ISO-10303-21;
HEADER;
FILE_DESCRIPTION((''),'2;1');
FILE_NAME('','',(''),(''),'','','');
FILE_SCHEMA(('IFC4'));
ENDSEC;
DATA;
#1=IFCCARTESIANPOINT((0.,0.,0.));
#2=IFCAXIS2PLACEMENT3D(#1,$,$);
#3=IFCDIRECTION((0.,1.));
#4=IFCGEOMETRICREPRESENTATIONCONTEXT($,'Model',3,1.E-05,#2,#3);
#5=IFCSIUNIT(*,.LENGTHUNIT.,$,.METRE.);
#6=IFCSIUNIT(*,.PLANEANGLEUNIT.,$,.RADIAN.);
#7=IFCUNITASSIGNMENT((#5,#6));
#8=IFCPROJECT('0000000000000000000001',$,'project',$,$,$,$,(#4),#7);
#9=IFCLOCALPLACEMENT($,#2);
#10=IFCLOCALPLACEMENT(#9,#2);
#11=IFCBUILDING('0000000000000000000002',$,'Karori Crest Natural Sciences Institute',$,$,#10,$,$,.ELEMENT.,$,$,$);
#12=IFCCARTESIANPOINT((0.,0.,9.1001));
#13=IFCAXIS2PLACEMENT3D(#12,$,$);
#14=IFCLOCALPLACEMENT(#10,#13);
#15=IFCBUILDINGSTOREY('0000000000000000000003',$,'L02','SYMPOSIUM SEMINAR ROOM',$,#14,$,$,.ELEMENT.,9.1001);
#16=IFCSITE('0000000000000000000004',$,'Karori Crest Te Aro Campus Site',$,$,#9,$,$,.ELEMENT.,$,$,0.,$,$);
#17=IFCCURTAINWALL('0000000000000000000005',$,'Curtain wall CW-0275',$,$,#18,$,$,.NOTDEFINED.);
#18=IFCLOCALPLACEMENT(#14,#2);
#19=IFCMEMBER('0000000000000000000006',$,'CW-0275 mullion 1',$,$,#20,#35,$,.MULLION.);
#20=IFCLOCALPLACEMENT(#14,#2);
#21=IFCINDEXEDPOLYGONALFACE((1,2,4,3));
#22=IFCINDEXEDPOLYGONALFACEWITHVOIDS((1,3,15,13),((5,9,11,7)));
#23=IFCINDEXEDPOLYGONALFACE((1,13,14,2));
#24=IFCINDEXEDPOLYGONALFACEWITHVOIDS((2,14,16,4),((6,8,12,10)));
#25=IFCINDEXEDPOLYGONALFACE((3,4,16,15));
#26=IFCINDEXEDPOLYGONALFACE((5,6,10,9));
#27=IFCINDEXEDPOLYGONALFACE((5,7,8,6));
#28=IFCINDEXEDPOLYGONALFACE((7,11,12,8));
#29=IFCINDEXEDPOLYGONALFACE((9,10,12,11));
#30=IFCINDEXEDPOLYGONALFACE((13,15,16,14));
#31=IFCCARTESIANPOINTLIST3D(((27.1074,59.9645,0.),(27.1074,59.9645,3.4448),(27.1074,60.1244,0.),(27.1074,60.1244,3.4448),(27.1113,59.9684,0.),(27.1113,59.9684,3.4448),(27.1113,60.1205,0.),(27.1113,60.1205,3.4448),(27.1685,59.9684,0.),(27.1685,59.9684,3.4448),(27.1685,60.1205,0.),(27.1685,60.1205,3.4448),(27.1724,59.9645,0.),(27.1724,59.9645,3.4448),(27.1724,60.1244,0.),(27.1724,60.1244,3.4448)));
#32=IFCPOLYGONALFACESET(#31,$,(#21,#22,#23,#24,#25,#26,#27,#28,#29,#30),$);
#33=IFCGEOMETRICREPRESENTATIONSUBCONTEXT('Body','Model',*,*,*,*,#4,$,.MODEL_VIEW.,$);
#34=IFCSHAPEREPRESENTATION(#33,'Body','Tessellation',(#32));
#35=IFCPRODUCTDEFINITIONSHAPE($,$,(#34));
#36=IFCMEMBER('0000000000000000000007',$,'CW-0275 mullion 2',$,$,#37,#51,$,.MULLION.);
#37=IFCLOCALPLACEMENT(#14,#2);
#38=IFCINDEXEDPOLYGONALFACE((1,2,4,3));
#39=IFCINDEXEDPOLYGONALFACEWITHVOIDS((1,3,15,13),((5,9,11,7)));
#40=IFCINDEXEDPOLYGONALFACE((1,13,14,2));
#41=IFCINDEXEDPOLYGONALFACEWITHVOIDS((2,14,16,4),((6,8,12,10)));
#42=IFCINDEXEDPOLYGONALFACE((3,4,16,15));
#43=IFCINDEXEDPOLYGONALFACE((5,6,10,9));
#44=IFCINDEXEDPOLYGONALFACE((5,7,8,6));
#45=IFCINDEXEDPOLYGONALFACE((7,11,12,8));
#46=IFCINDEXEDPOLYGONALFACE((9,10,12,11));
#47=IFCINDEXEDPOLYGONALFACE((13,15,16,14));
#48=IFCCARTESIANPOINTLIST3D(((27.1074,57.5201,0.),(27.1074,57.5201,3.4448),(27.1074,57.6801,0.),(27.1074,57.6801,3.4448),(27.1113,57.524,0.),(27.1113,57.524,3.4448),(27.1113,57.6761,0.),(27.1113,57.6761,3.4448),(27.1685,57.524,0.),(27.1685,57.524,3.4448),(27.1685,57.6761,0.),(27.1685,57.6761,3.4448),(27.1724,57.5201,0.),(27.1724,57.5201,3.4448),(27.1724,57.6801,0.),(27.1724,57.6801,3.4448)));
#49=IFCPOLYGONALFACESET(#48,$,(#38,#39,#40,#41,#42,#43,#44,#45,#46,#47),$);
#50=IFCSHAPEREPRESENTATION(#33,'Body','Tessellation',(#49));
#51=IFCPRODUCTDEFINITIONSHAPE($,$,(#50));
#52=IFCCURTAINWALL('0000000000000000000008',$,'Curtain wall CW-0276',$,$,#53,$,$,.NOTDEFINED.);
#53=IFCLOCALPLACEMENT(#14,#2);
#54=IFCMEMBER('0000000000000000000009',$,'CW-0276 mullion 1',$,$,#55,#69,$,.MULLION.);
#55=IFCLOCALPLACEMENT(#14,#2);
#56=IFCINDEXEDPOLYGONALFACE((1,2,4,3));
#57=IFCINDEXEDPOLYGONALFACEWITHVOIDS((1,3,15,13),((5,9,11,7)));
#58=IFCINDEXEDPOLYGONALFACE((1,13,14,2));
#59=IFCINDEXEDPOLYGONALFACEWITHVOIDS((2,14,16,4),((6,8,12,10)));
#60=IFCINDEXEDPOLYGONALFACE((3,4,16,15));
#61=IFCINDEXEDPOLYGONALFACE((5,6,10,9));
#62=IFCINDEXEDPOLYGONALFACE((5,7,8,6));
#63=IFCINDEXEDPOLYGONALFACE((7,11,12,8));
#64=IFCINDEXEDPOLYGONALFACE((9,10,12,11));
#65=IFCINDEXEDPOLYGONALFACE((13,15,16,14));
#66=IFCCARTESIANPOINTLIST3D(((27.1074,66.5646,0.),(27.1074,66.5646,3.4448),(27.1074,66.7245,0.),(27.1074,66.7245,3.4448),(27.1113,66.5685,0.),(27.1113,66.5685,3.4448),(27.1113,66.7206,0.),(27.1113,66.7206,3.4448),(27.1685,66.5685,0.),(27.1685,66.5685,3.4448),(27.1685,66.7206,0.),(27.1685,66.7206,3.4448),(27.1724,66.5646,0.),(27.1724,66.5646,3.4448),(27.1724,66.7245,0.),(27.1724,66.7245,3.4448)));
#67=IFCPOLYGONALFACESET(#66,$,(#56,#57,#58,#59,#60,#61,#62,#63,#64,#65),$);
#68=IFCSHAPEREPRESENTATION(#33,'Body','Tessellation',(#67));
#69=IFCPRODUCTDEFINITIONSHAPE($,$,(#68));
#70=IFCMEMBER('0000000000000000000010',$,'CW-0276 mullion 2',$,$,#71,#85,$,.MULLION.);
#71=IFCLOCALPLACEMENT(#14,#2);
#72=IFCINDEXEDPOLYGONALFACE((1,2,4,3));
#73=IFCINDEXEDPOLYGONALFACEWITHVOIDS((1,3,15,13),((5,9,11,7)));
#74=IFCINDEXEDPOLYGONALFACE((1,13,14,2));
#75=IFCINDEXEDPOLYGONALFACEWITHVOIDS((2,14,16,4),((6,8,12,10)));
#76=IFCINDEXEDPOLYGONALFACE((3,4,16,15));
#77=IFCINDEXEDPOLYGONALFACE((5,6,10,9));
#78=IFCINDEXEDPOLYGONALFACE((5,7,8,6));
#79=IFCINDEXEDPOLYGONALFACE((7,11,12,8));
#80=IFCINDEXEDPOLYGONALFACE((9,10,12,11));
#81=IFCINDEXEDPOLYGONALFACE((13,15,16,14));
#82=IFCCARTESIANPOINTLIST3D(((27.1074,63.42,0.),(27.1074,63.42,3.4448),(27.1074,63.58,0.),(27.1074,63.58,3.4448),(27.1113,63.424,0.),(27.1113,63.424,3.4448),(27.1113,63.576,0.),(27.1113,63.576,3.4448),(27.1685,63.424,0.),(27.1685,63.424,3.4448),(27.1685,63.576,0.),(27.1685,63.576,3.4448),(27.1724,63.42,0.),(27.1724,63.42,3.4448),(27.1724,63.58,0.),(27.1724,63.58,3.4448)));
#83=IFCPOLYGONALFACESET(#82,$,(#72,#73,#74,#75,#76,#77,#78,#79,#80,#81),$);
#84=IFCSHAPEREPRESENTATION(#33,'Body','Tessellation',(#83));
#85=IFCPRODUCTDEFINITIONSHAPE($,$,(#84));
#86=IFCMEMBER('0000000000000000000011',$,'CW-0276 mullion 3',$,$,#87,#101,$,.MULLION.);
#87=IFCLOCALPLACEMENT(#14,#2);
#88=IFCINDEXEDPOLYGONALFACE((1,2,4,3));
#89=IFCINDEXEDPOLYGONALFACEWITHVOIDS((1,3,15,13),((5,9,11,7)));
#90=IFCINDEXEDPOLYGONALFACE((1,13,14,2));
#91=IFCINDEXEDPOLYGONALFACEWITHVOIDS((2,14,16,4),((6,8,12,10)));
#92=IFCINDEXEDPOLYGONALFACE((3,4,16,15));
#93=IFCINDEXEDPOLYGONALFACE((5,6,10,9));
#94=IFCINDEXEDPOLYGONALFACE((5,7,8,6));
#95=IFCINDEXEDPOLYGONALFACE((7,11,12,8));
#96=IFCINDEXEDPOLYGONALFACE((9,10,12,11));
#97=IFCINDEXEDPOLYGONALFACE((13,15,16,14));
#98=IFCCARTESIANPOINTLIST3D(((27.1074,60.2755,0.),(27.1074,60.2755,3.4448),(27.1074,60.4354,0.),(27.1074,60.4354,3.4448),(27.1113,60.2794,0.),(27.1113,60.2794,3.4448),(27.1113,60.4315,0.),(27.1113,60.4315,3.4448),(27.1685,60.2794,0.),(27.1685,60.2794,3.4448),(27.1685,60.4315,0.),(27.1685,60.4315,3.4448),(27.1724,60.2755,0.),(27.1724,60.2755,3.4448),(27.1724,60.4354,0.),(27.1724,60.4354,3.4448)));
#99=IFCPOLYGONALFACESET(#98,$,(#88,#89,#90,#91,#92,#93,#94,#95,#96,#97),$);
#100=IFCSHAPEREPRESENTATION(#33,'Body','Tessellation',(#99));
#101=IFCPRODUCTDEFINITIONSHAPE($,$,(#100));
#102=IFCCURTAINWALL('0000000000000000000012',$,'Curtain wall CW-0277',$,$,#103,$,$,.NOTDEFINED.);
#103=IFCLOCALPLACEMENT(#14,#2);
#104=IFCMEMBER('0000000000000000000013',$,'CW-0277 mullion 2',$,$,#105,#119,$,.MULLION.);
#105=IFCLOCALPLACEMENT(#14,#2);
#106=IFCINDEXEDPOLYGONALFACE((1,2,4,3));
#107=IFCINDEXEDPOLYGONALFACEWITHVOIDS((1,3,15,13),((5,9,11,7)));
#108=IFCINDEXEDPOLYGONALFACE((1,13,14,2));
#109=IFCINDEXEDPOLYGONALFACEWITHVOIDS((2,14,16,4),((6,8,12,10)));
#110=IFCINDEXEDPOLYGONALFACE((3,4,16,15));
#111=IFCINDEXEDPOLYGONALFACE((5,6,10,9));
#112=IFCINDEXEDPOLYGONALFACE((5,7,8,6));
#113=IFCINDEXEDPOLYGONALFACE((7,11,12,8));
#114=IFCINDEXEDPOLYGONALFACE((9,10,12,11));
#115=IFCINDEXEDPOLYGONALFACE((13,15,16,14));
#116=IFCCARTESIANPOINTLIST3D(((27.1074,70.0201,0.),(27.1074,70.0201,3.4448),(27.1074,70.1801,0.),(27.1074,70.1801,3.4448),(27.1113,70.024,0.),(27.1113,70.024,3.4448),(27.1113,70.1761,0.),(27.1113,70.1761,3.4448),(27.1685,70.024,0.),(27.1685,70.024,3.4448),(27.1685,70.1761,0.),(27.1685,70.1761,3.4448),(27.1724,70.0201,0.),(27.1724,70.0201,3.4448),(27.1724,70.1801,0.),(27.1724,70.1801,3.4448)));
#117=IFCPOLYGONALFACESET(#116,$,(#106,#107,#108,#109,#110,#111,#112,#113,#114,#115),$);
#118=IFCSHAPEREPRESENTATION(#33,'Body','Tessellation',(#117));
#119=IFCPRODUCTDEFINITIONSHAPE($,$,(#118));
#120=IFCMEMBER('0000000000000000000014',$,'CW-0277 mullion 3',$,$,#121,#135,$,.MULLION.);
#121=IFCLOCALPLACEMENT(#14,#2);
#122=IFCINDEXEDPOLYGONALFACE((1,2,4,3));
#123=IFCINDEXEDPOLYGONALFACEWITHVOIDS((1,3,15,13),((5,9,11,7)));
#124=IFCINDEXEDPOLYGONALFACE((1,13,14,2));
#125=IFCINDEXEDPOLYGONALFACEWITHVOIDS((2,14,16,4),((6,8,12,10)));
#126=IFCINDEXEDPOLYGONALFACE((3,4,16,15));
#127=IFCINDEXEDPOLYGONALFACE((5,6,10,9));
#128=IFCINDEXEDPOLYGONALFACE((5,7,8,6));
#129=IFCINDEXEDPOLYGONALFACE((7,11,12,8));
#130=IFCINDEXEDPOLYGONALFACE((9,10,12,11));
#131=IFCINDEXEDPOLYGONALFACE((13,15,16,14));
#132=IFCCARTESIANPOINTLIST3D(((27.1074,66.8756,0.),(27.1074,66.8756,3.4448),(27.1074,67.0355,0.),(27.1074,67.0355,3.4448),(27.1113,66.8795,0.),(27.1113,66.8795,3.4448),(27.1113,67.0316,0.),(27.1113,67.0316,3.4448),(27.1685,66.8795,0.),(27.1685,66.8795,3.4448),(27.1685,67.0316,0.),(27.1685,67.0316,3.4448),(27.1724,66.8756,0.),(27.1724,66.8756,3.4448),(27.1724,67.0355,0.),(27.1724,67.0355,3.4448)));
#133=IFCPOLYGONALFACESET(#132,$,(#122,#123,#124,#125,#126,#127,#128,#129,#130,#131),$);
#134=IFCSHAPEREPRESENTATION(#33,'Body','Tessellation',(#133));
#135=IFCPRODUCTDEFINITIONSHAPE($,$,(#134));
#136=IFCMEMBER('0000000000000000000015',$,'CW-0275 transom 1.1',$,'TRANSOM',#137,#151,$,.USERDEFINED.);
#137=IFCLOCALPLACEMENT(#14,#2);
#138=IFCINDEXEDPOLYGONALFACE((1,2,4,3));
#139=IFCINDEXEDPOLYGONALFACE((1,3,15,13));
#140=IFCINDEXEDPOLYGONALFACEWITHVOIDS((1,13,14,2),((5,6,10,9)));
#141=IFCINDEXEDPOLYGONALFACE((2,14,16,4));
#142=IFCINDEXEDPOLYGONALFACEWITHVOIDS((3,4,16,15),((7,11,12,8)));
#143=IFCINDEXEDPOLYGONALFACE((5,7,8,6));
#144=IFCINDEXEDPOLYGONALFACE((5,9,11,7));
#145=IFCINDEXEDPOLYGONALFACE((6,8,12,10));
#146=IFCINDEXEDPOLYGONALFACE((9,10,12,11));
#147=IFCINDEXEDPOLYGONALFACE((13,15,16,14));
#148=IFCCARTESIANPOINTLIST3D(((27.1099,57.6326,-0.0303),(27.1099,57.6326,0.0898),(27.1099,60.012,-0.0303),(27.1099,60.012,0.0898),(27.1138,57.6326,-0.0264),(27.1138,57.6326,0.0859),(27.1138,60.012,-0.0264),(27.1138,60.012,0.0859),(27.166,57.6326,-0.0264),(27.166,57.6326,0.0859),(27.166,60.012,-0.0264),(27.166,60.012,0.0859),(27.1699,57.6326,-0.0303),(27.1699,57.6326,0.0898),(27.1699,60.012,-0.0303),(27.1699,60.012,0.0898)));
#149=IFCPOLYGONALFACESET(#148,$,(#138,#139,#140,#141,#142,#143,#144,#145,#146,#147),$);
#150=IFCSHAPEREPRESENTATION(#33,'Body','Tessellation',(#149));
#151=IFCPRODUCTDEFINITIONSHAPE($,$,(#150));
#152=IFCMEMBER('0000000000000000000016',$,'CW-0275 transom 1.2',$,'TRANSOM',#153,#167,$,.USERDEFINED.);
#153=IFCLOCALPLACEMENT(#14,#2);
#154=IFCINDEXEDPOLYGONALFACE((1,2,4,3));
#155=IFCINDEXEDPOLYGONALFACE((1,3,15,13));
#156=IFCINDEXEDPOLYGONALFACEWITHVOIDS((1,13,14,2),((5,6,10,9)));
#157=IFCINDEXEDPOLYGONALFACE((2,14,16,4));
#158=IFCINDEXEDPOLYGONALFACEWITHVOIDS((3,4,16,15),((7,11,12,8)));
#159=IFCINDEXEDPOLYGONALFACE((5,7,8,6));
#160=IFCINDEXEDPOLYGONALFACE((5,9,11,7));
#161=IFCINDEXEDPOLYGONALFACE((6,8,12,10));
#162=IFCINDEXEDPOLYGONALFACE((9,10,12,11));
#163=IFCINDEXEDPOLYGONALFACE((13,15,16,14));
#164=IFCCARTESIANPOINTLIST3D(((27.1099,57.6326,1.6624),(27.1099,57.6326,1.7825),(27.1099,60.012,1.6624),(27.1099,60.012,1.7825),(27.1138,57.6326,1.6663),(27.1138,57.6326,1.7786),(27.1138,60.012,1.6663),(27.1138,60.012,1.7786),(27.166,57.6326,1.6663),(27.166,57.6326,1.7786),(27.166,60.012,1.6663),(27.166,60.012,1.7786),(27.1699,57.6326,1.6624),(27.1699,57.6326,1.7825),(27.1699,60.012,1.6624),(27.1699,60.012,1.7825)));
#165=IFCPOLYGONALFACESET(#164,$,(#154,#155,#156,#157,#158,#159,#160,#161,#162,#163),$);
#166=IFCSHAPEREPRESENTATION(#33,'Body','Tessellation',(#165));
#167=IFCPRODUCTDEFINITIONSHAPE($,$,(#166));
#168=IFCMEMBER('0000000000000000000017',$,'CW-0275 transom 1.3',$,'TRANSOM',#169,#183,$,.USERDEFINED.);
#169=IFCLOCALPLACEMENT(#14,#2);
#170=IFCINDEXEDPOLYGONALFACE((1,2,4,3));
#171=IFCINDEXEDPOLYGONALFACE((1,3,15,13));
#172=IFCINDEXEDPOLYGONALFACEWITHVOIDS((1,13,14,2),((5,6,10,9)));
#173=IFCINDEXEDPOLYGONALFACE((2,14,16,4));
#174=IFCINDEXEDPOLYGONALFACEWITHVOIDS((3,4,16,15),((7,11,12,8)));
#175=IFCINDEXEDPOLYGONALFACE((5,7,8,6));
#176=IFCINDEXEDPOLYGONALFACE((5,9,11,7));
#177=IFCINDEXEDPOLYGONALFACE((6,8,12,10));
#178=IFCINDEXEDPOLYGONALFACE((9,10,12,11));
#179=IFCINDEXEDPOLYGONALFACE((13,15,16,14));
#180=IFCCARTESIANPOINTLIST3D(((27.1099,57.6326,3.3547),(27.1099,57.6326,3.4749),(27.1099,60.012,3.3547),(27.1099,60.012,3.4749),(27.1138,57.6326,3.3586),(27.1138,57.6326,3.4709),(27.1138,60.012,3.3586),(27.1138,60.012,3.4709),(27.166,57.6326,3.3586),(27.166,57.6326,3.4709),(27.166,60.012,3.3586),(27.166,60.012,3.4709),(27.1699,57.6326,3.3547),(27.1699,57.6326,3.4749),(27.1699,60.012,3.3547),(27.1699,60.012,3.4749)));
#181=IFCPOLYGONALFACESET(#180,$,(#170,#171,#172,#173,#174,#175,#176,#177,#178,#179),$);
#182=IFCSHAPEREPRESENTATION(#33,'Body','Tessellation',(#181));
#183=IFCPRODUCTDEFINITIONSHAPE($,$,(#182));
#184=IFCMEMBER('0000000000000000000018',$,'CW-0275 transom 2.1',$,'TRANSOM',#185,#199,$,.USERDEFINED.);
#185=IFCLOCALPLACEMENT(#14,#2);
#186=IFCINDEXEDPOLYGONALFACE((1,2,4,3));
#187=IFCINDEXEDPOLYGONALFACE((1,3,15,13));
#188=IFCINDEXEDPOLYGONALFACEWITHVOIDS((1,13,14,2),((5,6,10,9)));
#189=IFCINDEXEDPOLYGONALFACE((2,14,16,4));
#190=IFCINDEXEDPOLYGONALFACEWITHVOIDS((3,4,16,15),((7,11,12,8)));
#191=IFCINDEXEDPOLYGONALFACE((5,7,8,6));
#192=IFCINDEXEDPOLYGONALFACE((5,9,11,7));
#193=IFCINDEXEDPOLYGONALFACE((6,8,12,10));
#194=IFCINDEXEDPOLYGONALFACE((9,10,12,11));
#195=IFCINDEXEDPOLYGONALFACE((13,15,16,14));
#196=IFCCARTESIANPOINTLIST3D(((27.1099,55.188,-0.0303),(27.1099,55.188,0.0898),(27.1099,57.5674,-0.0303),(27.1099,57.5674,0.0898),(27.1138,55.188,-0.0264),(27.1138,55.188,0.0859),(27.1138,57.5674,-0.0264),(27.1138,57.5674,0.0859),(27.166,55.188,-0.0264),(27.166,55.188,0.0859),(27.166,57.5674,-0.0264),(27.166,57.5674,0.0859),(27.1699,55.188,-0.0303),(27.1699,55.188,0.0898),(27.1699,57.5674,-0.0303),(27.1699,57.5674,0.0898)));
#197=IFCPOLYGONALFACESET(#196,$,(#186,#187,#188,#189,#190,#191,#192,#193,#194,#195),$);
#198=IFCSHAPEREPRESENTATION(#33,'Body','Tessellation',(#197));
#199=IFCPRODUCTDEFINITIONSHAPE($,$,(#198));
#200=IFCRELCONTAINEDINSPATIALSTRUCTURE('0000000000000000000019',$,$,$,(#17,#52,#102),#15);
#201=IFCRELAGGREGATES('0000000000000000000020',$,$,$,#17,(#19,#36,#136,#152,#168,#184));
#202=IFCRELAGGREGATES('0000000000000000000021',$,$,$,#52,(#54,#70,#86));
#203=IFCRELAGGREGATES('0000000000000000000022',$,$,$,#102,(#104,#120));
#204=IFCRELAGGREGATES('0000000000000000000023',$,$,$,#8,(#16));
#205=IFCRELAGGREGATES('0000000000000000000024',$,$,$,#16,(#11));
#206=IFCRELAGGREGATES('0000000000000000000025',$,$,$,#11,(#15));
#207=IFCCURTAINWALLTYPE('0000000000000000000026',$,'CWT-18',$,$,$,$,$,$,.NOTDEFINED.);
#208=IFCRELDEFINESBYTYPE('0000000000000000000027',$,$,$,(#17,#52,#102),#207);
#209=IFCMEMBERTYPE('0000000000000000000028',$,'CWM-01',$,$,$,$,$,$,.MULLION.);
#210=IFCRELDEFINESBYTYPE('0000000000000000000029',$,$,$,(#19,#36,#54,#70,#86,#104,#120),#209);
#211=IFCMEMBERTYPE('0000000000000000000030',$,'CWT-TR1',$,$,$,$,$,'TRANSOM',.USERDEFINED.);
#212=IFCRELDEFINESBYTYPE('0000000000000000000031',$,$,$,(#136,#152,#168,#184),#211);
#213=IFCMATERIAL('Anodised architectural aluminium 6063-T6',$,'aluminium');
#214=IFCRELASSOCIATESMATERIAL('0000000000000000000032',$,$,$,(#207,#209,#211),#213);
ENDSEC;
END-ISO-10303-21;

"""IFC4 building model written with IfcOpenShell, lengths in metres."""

from ifc_helpers import new_model, si_unit, direction, frame, origin, origin_2d, place, context, subcontext, project, spatial, hollow_rectangle, extrude, material, material_profile, profile_set, type_object, element, aggregate, save


model = new_model("IFC4")

# Units and contexts
model_context = context("Model", 3, precision=1e-05, world=origin(), true_north=direction((0.0, 1.0)))
body_context = subcontext(model_context, "Body", "Model", "MODEL_VIEW")
ifc_project = project(units=[si_unit("LENGTHUNIT", "METRE"), si_unit("PLANEANGLEUNIT", "RADIAN")], contexts=[model_context])

# Site, building, storey
site_placement = place(None, origin())
site = spatial("IfcSite", under=ifc_project, at=site_placement, Name="Karori Crest Te Aro Campus Site", CompositionType="ELEMENT", RefElevation=0.0)
building_placement = place(site_placement, origin())
building = spatial("IfcBuilding", under=site, at=building_placement, Name="Karori Crest Natural Sciences Institute", CompositionType="ELEMENT")
storey_placement = place(building_placement, frame((0.0, 0.0, 9.1001)))
storey = spatial("IfcBuildingStorey", under=building, at=storey_placement, Name="L02", Description="SYMPOSIUM SEMINAR ROOM", CompositionType="ELEMENT", Elevation=9.1001)

# Curtain walls, members
ifc_material_1 = material(Name="Anodised architectural aluminium 6063-T6", Category="aluminium")
curtain_wall_type = type_object("IfcCurtainWallType", Name="CWT-18", PredefinedType="NOTDEFINED", material=ifc_material_1)
curtain_wall_1_placement = place(storey_placement, origin())
curtain_wall_1 = element("IfcCurtainWall", 1, at=curtain_wall_1_placement, inside=storey, type_object=curtain_wall_type, Name="Curtain wall CW-0275", PredefinedType="NOTDEFINED")
ifc_material_profile_1 = material_profile(ifc_material_1, hollow_rectangle(XDim=0.0649, YDim=0.1599, WallThickness=0.0039, at=origin_2d()), Name="CWM160x65x4")
ifc_profile_set_1 = profile_set([ifc_material_profile_1], Name="Anodised architectural aluminium 6063-T6")
member_type_1 = type_object("IfcMemberType", Name="CWM-01", PredefinedType="MULLION", material=ifc_profile_set_1)
member_1_placement = place(storey_placement, frame((27.1399, 60.0444, 0.0), z_axis=(0.0, 0.0, 1.0), x_axis=(1.0, 0.0, 0.0)))
member_1 = element("IfcMember", 2, at=member_1_placement, type_object=member_type_1, Name="CW-0275 mullion 1", PredefinedType="MULLION", context=body_context, shape_type="SweptSolid", body=[
    extrude(hollow_rectangle(XDim=0.0649, YDim=0.1599, WallThickness=0.0039, at=origin_2d()), origin(), (0.0, 0.0, 1.0), 3.4448),
])
member_2_placement = place(storey_placement, frame((27.1399, 57.6001, 0.0), z_axis=(0.0, 0.0, 1.0), x_axis=(1.0, 0.0, 0.0)))
member_2 = element("IfcMember", 3, at=member_2_placement, type_object=member_type_1, Name="CW-0275 mullion 2", PredefinedType="MULLION", context=body_context, shape_type="SweptSolid", body=[
    extrude(hollow_rectangle(XDim=0.0649, YDim=0.1599, WallThickness=0.0039, at=origin_2d()), origin(), (0.0, 0.0, 1.0), 3.4448),
])
curtain_wall_2_placement = place(storey_placement, origin())
curtain_wall_2 = element("IfcCurtainWall", 4, at=curtain_wall_2_placement, inside=storey, type_object=curtain_wall_type, Name="Curtain wall CW-0276", PredefinedType="NOTDEFINED")
member_3_placement = place(storey_placement, frame((27.1399, 66.6445, 0.0), z_axis=(0.0, 0.0, 1.0), x_axis=(1.0, 0.0, 0.0)))
member_3 = element("IfcMember", 5, at=member_3_placement, type_object=member_type_1, Name="CW-0276 mullion 1", PredefinedType="MULLION", context=body_context, shape_type="SweptSolid", body=[
    extrude(hollow_rectangle(XDim=0.0649, YDim=0.1599, WallThickness=0.0039, at=origin_2d()), origin(), (0.0, 0.0, 1.0), 3.4448),
])
member_4_placement = place(storey_placement, frame((27.1399, 63.5, 0.0), z_axis=(0.0, 0.0, 1.0), x_axis=(1.0, 0.0, 0.0)))
member_4 = element("IfcMember", 6, at=member_4_placement, type_object=member_type_1, Name="CW-0276 mullion 2", PredefinedType="MULLION", context=body_context, shape_type="SweptSolid", body=[
    extrude(hollow_rectangle(XDim=0.0649, YDim=0.1599, WallThickness=0.0039, at=origin_2d()), origin(), (0.0, 0.0, 1.0), 3.4448),
])
member_5_placement = place(storey_placement, frame((27.1399, 60.3555, 0.0), z_axis=(0.0, 0.0, 1.0), x_axis=(1.0, 0.0, 0.0)))
member_5 = element("IfcMember", 7, at=member_5_placement, type_object=member_type_1, Name="CW-0276 mullion 3", PredefinedType="MULLION", context=body_context, shape_type="SweptSolid", body=[
    extrude(hollow_rectangle(XDim=0.0649, YDim=0.1599, WallThickness=0.0039, at=origin_2d()), origin(), (0.0, 0.0, 1.0), 3.4448),
])
curtain_wall_3_placement = place(storey_placement, origin())
curtain_wall_3 = element("IfcCurtainWall", 8, at=curtain_wall_3_placement, inside=storey, type_object=curtain_wall_type, Name="Curtain wall CW-0277", PredefinedType="NOTDEFINED")
member_6_placement = place(storey_placement, frame((27.1399, 70.1001, 0.0), z_axis=(0.0, 0.0, 1.0), x_axis=(1.0, 0.0, 0.0)))
member_6 = element("IfcMember", 9, at=member_6_placement, type_object=member_type_1, Name="CW-0277 mullion 2", PredefinedType="MULLION", context=body_context, shape_type="SweptSolid", body=[
    extrude(hollow_rectangle(XDim=0.0649, YDim=0.1599, WallThickness=0.0039, at=origin_2d()), origin(), (0.0, 0.0, 1.0), 3.4448),
])
member_7_placement = place(storey_placement, frame((27.1399, 66.9556, 0.0), z_axis=(0.0, 0.0, 1.0), x_axis=(1.0, 0.0, 0.0)))
member_7 = element("IfcMember", 10, at=member_7_placement, type_object=member_type_1, Name="CW-0277 mullion 3", PredefinedType="MULLION", context=body_context, shape_type="SweptSolid", body=[
    extrude(hollow_rectangle(XDim=0.0649, YDim=0.1599, WallThickness=0.0039, at=origin_2d()), origin(), (0.0, 0.0, 1.0), 3.4448),
])

# Members
ifc_material_profile_2 = material_profile(ifc_material_1, hollow_rectangle(XDim=0.0601, YDim=0.1201, WallThickness=0.0039, at=origin_2d()), Name="CWT120x60x4")
ifc_profile_set_2 = profile_set([ifc_material_profile_2], Name="Anodised architectural aluminium 6063-T6")
member_type_2 = type_object("IfcMemberType", Name="CWT-TR1", ElementType="TRANSOM", PredefinedType="USERDEFINED", material=ifc_profile_set_2)
member_8_placement = place(storey_placement, frame((27.1399, 60.012, 0.0298), z_axis=(0.0, -1.0, 0.0), x_axis=(1.0, 0.0, 0.0)))
member_8 = element("IfcMember", 11, at=member_8_placement, type_object=member_type_2, Name="CW-0275 transom 1.1", ObjectType="TRANSOM", PredefinedType="USERDEFINED", context=body_context, shape_type="SweptSolid", body=[
    extrude(hollow_rectangle(XDim=0.0601, YDim=0.1201, WallThickness=0.0039, at=origin_2d()), origin(), (0.0, 0.0, 1.0), 2.3794),
])
member_9_placement = place(storey_placement, frame((27.1399, 60.012, 1.7224), z_axis=(0.0, -1.0, 0.0), x_axis=(1.0, 0.0, 0.0)))
member_9 = element("IfcMember", 12, at=member_9_placement, type_object=member_type_2, Name="CW-0275 transom 1.2", ObjectType="TRANSOM", PredefinedType="USERDEFINED", context=body_context, shape_type="SweptSolid", body=[
    extrude(hollow_rectangle(XDim=0.0601, YDim=0.1201, WallThickness=0.0039, at=origin_2d()), origin(), (0.0, 0.0, 1.0), 2.3794),
])
member_10_placement = place(storey_placement, frame((27.1399, 60.012, 3.4148), z_axis=(0.0, -1.0, 0.0), x_axis=(1.0, 0.0, 0.0)))
member_10 = element("IfcMember", 13, at=member_10_placement, type_object=member_type_2, Name="CW-0275 transom 1.3", ObjectType="TRANSOM", PredefinedType="USERDEFINED", context=body_context, shape_type="SweptSolid", body=[
    extrude(hollow_rectangle(XDim=0.0601, YDim=0.1201, WallThickness=0.0039, at=origin_2d()), origin(), (0.0, 0.0, 1.0), 2.3794),
])
member_11_placement = place(storey_placement, frame((27.1399, 57.5674, 0.0298), z_axis=(0.0, -1.0, 0.0), x_axis=(1.0, 0.0, 0.0)))
member_11 = element("IfcMember", 14, at=member_11_placement, type_object=member_type_2, Name="CW-0275 transom 2.1", ObjectType="TRANSOM", PredefinedType="USERDEFINED", context=body_context, shape_type="SweptSolid", body=[
    extrude(hollow_rectangle(XDim=0.0601, YDim=0.1201, WallThickness=0.0039, at=origin_2d()), origin(), (0.0, 0.0, 1.0), 2.3794),
])

aggregate(curtain_wall_1, [member_1, member_2, member_8, member_9, member_10, member_11])
aggregate(curtain_wall_2, [member_3, member_4, member_5])
aggregate(curtain_wall_3, [member_6, member_7])

save(model, "model.ifc")
